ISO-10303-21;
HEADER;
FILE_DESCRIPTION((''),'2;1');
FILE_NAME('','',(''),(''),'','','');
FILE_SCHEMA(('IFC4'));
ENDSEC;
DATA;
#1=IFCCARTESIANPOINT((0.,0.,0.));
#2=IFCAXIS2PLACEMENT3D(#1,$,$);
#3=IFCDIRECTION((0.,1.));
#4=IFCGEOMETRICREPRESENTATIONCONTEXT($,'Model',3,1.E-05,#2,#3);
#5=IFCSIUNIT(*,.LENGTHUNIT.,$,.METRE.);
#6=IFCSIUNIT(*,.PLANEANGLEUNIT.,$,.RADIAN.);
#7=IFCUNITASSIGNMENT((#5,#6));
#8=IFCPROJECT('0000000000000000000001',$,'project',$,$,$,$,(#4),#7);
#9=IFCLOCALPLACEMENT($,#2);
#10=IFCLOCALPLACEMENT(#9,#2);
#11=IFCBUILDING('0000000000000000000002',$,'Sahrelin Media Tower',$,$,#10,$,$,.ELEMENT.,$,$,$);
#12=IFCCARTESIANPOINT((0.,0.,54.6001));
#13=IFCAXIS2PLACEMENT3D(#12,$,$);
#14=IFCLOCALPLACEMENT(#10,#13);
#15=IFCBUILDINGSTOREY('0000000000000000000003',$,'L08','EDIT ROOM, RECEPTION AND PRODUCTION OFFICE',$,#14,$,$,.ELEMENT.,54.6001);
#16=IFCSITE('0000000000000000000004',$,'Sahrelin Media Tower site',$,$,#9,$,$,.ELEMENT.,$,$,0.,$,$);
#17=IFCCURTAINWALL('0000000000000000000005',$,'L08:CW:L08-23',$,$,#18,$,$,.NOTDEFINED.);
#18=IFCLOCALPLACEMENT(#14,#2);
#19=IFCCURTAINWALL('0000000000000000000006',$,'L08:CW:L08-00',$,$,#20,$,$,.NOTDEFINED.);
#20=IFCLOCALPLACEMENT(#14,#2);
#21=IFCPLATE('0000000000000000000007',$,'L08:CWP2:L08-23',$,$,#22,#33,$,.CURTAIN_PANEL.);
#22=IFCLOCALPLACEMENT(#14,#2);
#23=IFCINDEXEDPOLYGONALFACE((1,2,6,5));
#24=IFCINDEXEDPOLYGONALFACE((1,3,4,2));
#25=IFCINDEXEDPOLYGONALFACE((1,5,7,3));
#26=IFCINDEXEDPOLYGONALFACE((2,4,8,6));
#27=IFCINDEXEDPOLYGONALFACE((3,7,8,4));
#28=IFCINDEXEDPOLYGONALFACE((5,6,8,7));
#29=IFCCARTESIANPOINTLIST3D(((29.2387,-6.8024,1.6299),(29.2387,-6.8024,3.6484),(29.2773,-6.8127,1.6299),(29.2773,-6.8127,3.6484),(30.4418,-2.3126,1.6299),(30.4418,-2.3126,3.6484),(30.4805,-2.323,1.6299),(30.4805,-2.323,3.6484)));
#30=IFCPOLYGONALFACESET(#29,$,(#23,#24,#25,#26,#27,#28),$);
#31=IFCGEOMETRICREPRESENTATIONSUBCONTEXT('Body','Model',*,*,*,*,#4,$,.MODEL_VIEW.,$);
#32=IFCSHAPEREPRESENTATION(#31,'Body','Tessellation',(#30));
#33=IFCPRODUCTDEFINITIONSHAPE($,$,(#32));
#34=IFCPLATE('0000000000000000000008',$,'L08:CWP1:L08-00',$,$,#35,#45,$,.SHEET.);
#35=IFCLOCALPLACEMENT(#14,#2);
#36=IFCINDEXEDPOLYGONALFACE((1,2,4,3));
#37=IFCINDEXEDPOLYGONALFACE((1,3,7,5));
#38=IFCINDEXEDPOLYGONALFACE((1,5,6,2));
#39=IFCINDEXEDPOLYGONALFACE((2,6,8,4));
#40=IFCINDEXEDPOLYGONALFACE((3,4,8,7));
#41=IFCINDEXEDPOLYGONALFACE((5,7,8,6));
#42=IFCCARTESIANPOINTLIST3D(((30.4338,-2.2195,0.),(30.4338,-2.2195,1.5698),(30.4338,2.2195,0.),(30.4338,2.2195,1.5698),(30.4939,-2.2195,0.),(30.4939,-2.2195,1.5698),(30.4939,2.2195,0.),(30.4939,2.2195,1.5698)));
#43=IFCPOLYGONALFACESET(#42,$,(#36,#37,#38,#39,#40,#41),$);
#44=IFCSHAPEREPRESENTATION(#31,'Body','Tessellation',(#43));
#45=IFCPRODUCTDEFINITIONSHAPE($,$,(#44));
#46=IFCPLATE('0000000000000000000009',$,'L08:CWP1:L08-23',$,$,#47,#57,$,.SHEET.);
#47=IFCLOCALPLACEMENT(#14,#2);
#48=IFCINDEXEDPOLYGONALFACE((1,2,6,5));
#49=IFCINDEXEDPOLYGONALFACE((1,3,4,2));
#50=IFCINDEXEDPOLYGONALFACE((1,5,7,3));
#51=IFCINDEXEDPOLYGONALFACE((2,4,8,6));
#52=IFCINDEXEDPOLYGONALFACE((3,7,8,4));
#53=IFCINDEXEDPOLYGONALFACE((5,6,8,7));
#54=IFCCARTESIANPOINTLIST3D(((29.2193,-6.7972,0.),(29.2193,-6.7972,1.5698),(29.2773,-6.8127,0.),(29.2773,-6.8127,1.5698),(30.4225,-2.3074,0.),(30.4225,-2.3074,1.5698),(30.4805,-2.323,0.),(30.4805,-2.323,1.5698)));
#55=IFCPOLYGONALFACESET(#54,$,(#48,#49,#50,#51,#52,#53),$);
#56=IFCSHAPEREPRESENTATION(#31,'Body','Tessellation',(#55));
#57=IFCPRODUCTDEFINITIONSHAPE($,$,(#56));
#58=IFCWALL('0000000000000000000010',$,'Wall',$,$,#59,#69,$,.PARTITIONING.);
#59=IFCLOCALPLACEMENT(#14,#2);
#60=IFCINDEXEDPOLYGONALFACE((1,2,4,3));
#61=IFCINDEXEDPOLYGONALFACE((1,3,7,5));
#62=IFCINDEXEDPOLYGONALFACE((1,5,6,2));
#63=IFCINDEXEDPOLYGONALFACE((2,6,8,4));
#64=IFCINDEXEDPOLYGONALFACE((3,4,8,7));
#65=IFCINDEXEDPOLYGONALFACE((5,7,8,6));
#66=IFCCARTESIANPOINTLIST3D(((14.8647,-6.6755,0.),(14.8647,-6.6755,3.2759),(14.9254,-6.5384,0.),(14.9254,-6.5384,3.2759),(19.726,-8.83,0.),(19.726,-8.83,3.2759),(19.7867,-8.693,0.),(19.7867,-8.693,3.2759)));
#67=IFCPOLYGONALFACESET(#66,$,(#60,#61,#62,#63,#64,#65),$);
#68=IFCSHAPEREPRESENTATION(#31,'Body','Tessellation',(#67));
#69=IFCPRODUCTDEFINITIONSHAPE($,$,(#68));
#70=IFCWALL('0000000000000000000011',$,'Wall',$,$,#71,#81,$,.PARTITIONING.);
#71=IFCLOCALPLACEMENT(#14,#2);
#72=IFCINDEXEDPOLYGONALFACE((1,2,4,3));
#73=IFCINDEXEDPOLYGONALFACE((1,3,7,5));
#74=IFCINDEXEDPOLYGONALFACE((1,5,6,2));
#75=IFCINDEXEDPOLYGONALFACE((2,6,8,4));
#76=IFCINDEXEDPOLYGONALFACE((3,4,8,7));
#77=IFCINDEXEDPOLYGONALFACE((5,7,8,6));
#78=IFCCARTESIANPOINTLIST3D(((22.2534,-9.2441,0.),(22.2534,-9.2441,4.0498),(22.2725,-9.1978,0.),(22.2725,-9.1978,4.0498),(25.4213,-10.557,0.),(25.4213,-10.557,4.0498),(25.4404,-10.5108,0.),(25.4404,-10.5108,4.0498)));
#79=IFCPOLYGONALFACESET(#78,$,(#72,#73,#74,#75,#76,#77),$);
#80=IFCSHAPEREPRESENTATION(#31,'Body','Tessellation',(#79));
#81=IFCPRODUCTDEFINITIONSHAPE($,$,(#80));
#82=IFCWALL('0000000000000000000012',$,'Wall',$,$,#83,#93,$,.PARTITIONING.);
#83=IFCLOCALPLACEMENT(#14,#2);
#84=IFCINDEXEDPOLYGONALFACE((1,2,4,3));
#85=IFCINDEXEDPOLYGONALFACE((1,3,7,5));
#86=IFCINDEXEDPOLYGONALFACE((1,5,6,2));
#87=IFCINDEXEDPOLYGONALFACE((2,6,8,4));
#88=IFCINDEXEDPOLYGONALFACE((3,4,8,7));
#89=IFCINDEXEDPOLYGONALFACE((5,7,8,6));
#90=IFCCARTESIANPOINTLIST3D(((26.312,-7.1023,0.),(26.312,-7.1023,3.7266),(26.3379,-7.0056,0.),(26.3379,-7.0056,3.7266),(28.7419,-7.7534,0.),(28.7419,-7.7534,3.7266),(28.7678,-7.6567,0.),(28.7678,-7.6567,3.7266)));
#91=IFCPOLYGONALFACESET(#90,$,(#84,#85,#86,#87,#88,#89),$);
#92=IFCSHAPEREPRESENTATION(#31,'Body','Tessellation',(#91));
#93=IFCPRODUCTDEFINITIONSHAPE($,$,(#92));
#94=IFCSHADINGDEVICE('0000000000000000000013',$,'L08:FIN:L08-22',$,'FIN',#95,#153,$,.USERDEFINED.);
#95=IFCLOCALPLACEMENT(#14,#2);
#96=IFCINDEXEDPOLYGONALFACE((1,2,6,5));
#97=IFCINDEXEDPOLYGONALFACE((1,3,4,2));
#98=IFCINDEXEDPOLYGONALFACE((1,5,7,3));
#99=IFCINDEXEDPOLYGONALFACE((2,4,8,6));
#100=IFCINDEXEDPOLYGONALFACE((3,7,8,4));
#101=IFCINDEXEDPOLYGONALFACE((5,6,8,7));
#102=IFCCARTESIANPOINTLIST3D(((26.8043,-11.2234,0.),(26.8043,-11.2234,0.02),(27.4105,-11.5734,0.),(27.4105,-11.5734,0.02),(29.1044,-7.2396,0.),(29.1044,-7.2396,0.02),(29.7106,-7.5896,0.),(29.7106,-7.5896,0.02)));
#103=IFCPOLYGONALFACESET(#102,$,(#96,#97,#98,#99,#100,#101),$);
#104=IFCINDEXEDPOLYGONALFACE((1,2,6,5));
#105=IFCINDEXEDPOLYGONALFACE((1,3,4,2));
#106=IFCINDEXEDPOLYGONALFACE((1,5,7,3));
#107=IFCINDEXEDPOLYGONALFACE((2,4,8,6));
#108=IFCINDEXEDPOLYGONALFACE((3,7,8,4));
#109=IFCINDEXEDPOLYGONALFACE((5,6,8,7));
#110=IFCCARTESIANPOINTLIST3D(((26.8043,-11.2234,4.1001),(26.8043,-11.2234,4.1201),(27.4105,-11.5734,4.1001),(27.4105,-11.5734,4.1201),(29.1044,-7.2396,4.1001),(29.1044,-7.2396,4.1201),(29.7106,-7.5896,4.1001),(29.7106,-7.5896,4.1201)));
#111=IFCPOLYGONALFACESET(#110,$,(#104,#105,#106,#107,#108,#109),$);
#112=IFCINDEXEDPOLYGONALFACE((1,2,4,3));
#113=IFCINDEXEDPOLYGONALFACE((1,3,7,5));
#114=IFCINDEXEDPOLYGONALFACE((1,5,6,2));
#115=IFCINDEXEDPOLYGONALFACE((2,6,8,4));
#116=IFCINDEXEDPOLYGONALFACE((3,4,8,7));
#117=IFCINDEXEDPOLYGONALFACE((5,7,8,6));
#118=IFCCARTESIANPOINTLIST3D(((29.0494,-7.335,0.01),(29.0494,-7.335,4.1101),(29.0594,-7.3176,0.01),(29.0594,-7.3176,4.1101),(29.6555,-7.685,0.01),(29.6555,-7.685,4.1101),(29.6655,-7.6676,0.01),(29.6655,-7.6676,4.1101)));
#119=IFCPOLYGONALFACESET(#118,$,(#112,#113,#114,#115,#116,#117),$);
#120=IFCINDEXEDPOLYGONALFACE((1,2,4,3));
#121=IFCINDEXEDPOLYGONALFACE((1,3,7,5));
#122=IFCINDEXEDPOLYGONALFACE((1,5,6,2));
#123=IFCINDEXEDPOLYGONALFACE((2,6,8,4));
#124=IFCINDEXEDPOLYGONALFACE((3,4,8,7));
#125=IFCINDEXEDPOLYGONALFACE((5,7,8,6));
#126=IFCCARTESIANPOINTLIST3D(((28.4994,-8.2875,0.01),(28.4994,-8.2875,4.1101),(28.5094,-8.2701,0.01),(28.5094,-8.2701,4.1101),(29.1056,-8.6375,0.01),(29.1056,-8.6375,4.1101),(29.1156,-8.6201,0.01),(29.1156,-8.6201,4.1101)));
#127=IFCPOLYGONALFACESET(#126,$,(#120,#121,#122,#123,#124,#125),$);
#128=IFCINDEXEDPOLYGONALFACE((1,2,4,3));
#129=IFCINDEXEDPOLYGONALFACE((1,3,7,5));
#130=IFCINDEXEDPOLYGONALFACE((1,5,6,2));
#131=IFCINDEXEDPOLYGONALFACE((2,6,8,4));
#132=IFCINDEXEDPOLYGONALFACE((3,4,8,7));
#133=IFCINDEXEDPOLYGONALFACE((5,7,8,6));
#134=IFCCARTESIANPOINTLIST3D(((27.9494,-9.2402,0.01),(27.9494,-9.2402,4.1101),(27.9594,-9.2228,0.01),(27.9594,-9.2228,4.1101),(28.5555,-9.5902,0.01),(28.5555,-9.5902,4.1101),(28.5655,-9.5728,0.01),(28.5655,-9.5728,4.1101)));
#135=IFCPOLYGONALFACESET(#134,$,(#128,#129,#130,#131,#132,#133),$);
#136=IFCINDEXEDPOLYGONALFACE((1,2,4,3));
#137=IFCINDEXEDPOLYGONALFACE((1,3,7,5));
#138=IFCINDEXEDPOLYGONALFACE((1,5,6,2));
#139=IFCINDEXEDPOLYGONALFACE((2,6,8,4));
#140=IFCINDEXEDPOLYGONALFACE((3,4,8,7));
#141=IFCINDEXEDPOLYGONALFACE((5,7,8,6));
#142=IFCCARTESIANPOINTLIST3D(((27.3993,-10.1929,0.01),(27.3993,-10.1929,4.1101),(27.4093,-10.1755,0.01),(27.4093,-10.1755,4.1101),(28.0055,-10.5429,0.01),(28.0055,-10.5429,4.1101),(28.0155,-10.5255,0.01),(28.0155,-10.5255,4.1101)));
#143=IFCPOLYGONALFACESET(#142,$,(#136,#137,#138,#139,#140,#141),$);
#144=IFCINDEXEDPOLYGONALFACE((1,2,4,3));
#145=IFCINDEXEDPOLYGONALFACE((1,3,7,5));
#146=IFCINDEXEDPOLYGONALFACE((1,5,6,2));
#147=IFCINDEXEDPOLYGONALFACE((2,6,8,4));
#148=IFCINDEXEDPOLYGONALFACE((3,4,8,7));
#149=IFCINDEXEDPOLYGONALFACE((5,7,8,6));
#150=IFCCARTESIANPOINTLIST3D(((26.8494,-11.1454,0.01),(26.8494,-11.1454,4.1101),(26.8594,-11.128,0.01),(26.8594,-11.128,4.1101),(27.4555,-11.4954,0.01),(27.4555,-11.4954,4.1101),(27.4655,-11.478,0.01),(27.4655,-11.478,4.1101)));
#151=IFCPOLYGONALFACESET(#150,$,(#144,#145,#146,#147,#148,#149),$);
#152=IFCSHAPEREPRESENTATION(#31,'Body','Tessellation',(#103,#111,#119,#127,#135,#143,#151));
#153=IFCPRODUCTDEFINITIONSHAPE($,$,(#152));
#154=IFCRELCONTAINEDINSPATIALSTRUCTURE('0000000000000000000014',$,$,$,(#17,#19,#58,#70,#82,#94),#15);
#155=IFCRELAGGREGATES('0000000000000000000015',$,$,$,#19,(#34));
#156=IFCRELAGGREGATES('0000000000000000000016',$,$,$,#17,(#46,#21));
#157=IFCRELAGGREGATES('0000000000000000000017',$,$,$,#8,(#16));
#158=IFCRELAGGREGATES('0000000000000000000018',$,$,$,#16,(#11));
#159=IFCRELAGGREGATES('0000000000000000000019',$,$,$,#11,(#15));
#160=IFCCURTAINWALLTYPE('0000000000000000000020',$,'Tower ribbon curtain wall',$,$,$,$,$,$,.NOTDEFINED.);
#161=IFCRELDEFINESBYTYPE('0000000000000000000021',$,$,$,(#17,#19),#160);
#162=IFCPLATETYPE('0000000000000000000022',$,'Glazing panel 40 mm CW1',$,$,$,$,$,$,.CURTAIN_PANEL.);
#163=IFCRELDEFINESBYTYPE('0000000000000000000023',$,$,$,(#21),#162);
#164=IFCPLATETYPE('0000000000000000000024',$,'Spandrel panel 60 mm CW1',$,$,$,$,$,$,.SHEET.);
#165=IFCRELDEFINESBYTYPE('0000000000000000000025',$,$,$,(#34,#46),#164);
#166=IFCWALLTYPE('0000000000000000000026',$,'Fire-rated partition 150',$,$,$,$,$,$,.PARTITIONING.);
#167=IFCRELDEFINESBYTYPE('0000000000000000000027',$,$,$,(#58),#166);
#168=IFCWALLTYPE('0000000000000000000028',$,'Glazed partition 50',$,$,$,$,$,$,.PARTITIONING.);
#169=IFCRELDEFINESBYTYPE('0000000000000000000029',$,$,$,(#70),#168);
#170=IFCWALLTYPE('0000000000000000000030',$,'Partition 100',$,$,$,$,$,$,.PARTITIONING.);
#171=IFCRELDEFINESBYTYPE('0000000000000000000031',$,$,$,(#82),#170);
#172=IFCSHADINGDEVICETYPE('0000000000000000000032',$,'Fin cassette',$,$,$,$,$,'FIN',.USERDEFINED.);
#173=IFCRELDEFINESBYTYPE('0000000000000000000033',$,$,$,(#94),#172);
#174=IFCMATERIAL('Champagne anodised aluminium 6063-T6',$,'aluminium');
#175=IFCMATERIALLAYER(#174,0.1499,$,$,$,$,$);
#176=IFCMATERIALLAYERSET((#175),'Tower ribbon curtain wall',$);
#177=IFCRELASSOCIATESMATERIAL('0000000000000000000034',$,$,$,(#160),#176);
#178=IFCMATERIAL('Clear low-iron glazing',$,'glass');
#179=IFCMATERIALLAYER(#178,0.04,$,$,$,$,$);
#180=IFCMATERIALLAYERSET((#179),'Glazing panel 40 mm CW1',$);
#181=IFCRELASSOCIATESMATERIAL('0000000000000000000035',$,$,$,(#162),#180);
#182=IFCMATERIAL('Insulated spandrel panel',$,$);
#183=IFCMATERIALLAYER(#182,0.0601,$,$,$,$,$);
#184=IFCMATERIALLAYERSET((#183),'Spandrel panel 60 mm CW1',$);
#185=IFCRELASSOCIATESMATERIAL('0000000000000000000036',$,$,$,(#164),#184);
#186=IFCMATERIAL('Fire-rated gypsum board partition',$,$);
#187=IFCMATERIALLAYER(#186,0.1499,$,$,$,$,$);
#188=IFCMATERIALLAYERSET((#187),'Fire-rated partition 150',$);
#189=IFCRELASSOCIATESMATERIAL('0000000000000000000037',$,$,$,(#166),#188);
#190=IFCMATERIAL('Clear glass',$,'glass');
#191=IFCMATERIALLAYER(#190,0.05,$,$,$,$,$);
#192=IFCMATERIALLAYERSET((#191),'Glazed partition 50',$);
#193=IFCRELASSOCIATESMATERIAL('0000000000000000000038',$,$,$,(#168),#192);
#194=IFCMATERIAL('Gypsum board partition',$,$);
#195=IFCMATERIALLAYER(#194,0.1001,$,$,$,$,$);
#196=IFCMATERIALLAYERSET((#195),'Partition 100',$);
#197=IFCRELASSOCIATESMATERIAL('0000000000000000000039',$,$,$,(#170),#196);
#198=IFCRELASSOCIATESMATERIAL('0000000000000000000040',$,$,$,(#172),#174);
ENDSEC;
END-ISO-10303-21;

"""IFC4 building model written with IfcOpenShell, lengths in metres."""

from ifc_helpers import new_model, si_unit, direction, frame, frame_2d, origin, origin_2d, place, context, subcontext, project, spatial, polyline, rectangle, outline, extrude, material, layer, layer_set, type_object, element, aggregate, save


model = new_model("IFC4")

# Units and contexts
model_context = context("Model", 3, precision=1e-05, world=origin(), true_north=direction((0.0, 1.0)))
body_context = subcontext(model_context, "Body", "Model", "MODEL_VIEW")
ifc_project = project(units=[si_unit("LENGTHUNIT", "METRE"), si_unit("PLANEANGLEUNIT", "RADIAN")], contexts=[model_context])

# Site, building, storey
site_placement = place(None, origin())
site = spatial("IfcSite", under=ifc_project, at=site_placement, Name="Sahrelin Media Tower site", CompositionType="ELEMENT", RefElevation=0.0)
building_placement = place(site_placement, origin())
building = spatial("IfcBuilding", under=site, at=building_placement, Name="Sahrelin Media Tower", CompositionType="ELEMENT")
storey_placement = place(building_placement, frame((0.0, 0.0, 54.6001)))
storey = spatial("IfcBuildingStorey", under=building, at=storey_placement, Name="L08", Description="EDIT ROOM, RECEPTION AND PRODUCTION OFFICE", CompositionType="ELEMENT", Elevation=54.6001)

# Curtain wall
ifc_material_1 = material(Name="Champagne anodised aluminium 6063-T6", Category="aluminium")
ifc_layer_1 = layer(ifc_material_1, 0.1499)
ifc_layer_set_1 = layer_set([ifc_layer_1], Name="Tower ribbon curtain wall")
curtain_wall_type = type_object("IfcCurtainWallType", Name="Tower ribbon curtain wall", PredefinedType="NOTDEFINED", material=ifc_layer_set_1)
curtain_wall_1_placement = place(storey_placement, frame((29.8596, -4.5627, 0.0), z_axis=(0.0, 0.0, 1.0), x_axis=(1.0, 0.0, 0.0)))
curtain_wall_1 = element("IfcCurtainWall", 1, at=curtain_wall_1_placement, inside=storey, type_object=curtain_wall_type, Name="L08:CW:L08-23", PredefinedType="NOTDEFINED")

# Curtain wall
curtain_wall_2_placement = place(storey_placement, frame((30.4741, 0.0, 0.0), z_axis=(0.0, 0.0, 1.0), x_axis=(1.0, 0.0, 0.0)))
curtain_wall_2 = element("IfcCurtainWall", 2, at=curtain_wall_2_placement, inside=storey, type_object=curtain_wall_type, Name="L08:CW:L08-00", PredefinedType="NOTDEFINED")

# Plates
ifc_material_2 = material(Name="Clear low-iron glazing", Category="glass")
ifc_layer_2 = layer(ifc_material_2, 0.04)
ifc_layer_set_2 = layer_set([ifc_layer_2], Name="Glazing panel 40 mm CW1")
plate_type_1 = type_object("IfcPlateType", Name="Glazing panel 40 mm CW1", PredefinedType="CURTAIN_PANEL", material=ifc_layer_set_2)
plate_1_placement = place(storey_placement, frame((29.2773, -6.8127, 1.6299), z_axis=(0.96592, -0.258839, 0.0), x_axis=(0.258839, 0.96592, 0.0)))
plate_1 = element("IfcPlate", 3, at=plate_1_placement, type_object=plate_type_1, Name="L08:CWP2:L08-23", PredefinedType="CURTAIN_PANEL", context=body_context, shape_type="SweptSolid", body=[
    extrude(outline(polyline([(0.0, 0.0), (4.6482, 0.0), (4.6482, 2.0186), (0.0, 2.0186), (0.0, 0.0)])), origin(), (0.0, 0.0, -1.0), 0.04),
])
ifc_material_3 = material(Name="Insulated spandrel panel")
ifc_layer_3 = layer(ifc_material_3, 0.0601)
ifc_layer_set_3 = layer_set([ifc_layer_3], Name="Spandrel panel 60 mm CW1")
plate_type_2 = type_object("IfcPlateType", Name="Spandrel panel 60 mm CW1", PredefinedType="SHEET", material=ifc_layer_set_3)
plate_2_placement = place(storey_placement, frame((30.4939, -2.2195, 0.0), z_axis=(1.0, 0.0, 0.0), x_axis=(0.0, 1.0, 0.0)))
plate_2 = element("IfcPlate", 4, at=plate_2_placement, type_object=plate_type_2, Name="L08:CWP1:L08-00", PredefinedType="SHEET", context=body_context, shape_type="SweptSolid", body=[
    extrude(outline(polyline([(0.0, 0.0), (4.439, 0.0), (4.439, 1.5698), (0.0, 1.5698), (0.0, 0.0)])), origin(), (0.0, 0.0, -1.0), 0.0601),
])
aggregate(curtain_wall_2, [plate_2])
plate_3_placement = place(storey_placement, frame((29.2773, -6.8127, 0.0), z_axis=(0.96592, -0.258839, 0.0), x_axis=(0.258839, 0.96592, 0.0)))
plate_3 = element("IfcPlate", 5, at=plate_3_placement, type_object=plate_type_2, Name="L08:CWP1:L08-23", PredefinedType="SHEET", context=body_context, shape_type="SweptSolid", body=[
    extrude(outline(polyline([(0.0, 0.0), (4.6482, 0.0), (4.6482, 1.5698), (0.0, 1.5698), (0.0, 0.0)])), origin(), (0.0, 0.0, -1.0), 0.0601),
])
aggregate(curtain_wall_1, [plate_3, plate_1])

# Walls
ifc_material_4 = material(Name="Fire-rated gypsum board partition")
ifc_layer_4 = layer(ifc_material_4, 0.1499)
ifc_layer_set_4 = layer_set([ifc_layer_4], Name="Fire-rated partition 150")
wall_type_1 = type_object("IfcWallType", Name="Fire-rated partition 150", PredefinedType="PARTITIONING", material=ifc_layer_set_4)
wall_1_placement = place(storey_placement, frame((14.895, -6.6069, 0.0), z_axis=(0.0, 0.0, 1.0), x_axis=(0.914233, -0.405188, 0.0)))
element("IfcWall", 6, at=wall_1_placement, inside=storey, type_object=wall_type_1, Name="Wall", PredefinedType="PARTITIONING", context=body_context, shape_type="SweptSolid", body=[
    extrude(rectangle(XDim=5.3174, YDim=0.1499, at=frame_2d((2.6587, 0.0))), origin(), (0.0, 0.0, 1.0), 3.2759),
])
ifc_material_5 = material(Name="Clear glass", Category="glass")
ifc_layer_5 = layer(ifc_material_5, 0.05)
ifc_layer_set_5 = layer_set([ifc_layer_5], Name="Glazed partition 50")
wall_type_2 = type_object("IfcWallType", Name="Glazed partition 50", PredefinedType="PARTITIONING", material=ifc_layer_set_5)
wall_2_placement = place(storey_placement, frame((22.2629, -9.2209, 0.0), z_axis=(0.0, 0.0, 1.0), x_axis=(0.9238, -0.382876, 0.0)))
element("IfcWall", 7, at=wall_2_placement, inside=storey, type_object=wall_type_2, Name="Wall", PredefinedType="PARTITIONING", context=body_context, shape_type="SweptSolid", body=[
    extrude(rectangle(XDim=3.4292, YDim=0.05, at=frame_2d((1.7146, 0.0))), origin(), (0.0, 0.0, 1.0), 4.0498),
])
ifc_material_6 = material(Name="Gypsum board partition")
ifc_layer_6 = layer(ifc_material_6, 0.1001)
ifc_layer_set_6 = layer_set([ifc_layer_6], Name="Partition 100")
wall_type_3 = type_object("IfcWallType", Name="Partition 100", PredefinedType="PARTITIONING", material=ifc_layer_set_6)
wall_3_placement = place(storey_placement, frame((26.325, -7.054, 0.0), z_axis=(0.0, 0.0, 1.0), x_axis=(0.965923, -0.258828, 0.0)))
element("IfcWall", 8, at=wall_3_placement, inside=storey, type_object=wall_type_3, Name="Wall", PredefinedType="PARTITIONING", context=body_context, shape_type="SweptSolid", body=[
    extrude(rectangle(XDim=2.5156, YDim=0.1001, at=frame_2d((1.2578, 0.0))), origin(), (0.0, 0.0, 1.0), 3.7266),
])

# Shading device
shading_device_type_1 = type_object("IfcShadingDeviceType", Name="Fin cassette", ElementType="FIN", PredefinedType="USERDEFINED", material=ifc_material_1)
placement_1 = place(storey_placement, frame((27.8938, -9.1965, 0.0), z_axis=(0.0, 0.0, 1.0), x_axis=(-0.500011, -0.866019, 0.0)))
element("IfcShadingDevice", 9, at=placement_1, inside=storey, type_object=shading_device_type_1, Name="L08:FIN:L08-22", ObjectType="FIN", PredefinedType="USERDEFINED", context=body_context, shape_type="SweptSolid", body=[
    extrude(rectangle(XDim=4.6001, YDim=0.7, at=origin_2d()), frame((0.0, 0.4199, 0.0)), (0.0, 0.0, 1.0), 0.02),
    extrude(rectangle(XDim=4.6001, YDim=0.7, at=origin_2d()), frame((0.0, 0.4199, 4.1001)), (0.0, 0.0, 1.0), 0.02),
    extrude(rectangle(XDim=0.02, YDim=0.7, at=origin_2d()), frame((-2.2, 0.4199, 0.01), z_axis=(0.0, 0.0, 1.0), x_axis=(1.0, 0.0, 0.0)), (0.0, 0.0, 1.0), 4.1001),
    extrude(rectangle(XDim=0.02, YDim=0.7, at=origin_2d()), frame((-1.1001, 0.4199, 0.01), z_axis=(0.0, 0.0, 1.0), x_axis=(1.0, 0.0, 0.0)), (0.0, 0.0, 1.0), 4.1001),
    extrude(rectangle(XDim=0.02, YDim=0.7, at=origin_2d()), frame((0.0, 0.4199, 0.01), z_axis=(0.0, 0.0, 1.0), x_axis=(1.0, 0.0, 0.0)), (0.0, 0.0, 1.0), 4.1001),
    extrude(rectangle(XDim=0.02, YDim=0.7, at=origin_2d()), frame((1.1001, 0.4199, 0.01), z_axis=(0.0, 0.0, 1.0), x_axis=(1.0, 0.0, 0.0)), (0.0, 0.0, 1.0), 4.1001),
    extrude(rectangle(XDim=0.02, YDim=0.7, at=origin_2d()), frame((2.2, 0.4199, 0.01), z_axis=(0.0, 0.0, 1.0), x_axis=(1.0, 0.0, 0.0)), (0.0, 0.0, 1.0), 4.1001),
])

save(model, "model.ifc")
